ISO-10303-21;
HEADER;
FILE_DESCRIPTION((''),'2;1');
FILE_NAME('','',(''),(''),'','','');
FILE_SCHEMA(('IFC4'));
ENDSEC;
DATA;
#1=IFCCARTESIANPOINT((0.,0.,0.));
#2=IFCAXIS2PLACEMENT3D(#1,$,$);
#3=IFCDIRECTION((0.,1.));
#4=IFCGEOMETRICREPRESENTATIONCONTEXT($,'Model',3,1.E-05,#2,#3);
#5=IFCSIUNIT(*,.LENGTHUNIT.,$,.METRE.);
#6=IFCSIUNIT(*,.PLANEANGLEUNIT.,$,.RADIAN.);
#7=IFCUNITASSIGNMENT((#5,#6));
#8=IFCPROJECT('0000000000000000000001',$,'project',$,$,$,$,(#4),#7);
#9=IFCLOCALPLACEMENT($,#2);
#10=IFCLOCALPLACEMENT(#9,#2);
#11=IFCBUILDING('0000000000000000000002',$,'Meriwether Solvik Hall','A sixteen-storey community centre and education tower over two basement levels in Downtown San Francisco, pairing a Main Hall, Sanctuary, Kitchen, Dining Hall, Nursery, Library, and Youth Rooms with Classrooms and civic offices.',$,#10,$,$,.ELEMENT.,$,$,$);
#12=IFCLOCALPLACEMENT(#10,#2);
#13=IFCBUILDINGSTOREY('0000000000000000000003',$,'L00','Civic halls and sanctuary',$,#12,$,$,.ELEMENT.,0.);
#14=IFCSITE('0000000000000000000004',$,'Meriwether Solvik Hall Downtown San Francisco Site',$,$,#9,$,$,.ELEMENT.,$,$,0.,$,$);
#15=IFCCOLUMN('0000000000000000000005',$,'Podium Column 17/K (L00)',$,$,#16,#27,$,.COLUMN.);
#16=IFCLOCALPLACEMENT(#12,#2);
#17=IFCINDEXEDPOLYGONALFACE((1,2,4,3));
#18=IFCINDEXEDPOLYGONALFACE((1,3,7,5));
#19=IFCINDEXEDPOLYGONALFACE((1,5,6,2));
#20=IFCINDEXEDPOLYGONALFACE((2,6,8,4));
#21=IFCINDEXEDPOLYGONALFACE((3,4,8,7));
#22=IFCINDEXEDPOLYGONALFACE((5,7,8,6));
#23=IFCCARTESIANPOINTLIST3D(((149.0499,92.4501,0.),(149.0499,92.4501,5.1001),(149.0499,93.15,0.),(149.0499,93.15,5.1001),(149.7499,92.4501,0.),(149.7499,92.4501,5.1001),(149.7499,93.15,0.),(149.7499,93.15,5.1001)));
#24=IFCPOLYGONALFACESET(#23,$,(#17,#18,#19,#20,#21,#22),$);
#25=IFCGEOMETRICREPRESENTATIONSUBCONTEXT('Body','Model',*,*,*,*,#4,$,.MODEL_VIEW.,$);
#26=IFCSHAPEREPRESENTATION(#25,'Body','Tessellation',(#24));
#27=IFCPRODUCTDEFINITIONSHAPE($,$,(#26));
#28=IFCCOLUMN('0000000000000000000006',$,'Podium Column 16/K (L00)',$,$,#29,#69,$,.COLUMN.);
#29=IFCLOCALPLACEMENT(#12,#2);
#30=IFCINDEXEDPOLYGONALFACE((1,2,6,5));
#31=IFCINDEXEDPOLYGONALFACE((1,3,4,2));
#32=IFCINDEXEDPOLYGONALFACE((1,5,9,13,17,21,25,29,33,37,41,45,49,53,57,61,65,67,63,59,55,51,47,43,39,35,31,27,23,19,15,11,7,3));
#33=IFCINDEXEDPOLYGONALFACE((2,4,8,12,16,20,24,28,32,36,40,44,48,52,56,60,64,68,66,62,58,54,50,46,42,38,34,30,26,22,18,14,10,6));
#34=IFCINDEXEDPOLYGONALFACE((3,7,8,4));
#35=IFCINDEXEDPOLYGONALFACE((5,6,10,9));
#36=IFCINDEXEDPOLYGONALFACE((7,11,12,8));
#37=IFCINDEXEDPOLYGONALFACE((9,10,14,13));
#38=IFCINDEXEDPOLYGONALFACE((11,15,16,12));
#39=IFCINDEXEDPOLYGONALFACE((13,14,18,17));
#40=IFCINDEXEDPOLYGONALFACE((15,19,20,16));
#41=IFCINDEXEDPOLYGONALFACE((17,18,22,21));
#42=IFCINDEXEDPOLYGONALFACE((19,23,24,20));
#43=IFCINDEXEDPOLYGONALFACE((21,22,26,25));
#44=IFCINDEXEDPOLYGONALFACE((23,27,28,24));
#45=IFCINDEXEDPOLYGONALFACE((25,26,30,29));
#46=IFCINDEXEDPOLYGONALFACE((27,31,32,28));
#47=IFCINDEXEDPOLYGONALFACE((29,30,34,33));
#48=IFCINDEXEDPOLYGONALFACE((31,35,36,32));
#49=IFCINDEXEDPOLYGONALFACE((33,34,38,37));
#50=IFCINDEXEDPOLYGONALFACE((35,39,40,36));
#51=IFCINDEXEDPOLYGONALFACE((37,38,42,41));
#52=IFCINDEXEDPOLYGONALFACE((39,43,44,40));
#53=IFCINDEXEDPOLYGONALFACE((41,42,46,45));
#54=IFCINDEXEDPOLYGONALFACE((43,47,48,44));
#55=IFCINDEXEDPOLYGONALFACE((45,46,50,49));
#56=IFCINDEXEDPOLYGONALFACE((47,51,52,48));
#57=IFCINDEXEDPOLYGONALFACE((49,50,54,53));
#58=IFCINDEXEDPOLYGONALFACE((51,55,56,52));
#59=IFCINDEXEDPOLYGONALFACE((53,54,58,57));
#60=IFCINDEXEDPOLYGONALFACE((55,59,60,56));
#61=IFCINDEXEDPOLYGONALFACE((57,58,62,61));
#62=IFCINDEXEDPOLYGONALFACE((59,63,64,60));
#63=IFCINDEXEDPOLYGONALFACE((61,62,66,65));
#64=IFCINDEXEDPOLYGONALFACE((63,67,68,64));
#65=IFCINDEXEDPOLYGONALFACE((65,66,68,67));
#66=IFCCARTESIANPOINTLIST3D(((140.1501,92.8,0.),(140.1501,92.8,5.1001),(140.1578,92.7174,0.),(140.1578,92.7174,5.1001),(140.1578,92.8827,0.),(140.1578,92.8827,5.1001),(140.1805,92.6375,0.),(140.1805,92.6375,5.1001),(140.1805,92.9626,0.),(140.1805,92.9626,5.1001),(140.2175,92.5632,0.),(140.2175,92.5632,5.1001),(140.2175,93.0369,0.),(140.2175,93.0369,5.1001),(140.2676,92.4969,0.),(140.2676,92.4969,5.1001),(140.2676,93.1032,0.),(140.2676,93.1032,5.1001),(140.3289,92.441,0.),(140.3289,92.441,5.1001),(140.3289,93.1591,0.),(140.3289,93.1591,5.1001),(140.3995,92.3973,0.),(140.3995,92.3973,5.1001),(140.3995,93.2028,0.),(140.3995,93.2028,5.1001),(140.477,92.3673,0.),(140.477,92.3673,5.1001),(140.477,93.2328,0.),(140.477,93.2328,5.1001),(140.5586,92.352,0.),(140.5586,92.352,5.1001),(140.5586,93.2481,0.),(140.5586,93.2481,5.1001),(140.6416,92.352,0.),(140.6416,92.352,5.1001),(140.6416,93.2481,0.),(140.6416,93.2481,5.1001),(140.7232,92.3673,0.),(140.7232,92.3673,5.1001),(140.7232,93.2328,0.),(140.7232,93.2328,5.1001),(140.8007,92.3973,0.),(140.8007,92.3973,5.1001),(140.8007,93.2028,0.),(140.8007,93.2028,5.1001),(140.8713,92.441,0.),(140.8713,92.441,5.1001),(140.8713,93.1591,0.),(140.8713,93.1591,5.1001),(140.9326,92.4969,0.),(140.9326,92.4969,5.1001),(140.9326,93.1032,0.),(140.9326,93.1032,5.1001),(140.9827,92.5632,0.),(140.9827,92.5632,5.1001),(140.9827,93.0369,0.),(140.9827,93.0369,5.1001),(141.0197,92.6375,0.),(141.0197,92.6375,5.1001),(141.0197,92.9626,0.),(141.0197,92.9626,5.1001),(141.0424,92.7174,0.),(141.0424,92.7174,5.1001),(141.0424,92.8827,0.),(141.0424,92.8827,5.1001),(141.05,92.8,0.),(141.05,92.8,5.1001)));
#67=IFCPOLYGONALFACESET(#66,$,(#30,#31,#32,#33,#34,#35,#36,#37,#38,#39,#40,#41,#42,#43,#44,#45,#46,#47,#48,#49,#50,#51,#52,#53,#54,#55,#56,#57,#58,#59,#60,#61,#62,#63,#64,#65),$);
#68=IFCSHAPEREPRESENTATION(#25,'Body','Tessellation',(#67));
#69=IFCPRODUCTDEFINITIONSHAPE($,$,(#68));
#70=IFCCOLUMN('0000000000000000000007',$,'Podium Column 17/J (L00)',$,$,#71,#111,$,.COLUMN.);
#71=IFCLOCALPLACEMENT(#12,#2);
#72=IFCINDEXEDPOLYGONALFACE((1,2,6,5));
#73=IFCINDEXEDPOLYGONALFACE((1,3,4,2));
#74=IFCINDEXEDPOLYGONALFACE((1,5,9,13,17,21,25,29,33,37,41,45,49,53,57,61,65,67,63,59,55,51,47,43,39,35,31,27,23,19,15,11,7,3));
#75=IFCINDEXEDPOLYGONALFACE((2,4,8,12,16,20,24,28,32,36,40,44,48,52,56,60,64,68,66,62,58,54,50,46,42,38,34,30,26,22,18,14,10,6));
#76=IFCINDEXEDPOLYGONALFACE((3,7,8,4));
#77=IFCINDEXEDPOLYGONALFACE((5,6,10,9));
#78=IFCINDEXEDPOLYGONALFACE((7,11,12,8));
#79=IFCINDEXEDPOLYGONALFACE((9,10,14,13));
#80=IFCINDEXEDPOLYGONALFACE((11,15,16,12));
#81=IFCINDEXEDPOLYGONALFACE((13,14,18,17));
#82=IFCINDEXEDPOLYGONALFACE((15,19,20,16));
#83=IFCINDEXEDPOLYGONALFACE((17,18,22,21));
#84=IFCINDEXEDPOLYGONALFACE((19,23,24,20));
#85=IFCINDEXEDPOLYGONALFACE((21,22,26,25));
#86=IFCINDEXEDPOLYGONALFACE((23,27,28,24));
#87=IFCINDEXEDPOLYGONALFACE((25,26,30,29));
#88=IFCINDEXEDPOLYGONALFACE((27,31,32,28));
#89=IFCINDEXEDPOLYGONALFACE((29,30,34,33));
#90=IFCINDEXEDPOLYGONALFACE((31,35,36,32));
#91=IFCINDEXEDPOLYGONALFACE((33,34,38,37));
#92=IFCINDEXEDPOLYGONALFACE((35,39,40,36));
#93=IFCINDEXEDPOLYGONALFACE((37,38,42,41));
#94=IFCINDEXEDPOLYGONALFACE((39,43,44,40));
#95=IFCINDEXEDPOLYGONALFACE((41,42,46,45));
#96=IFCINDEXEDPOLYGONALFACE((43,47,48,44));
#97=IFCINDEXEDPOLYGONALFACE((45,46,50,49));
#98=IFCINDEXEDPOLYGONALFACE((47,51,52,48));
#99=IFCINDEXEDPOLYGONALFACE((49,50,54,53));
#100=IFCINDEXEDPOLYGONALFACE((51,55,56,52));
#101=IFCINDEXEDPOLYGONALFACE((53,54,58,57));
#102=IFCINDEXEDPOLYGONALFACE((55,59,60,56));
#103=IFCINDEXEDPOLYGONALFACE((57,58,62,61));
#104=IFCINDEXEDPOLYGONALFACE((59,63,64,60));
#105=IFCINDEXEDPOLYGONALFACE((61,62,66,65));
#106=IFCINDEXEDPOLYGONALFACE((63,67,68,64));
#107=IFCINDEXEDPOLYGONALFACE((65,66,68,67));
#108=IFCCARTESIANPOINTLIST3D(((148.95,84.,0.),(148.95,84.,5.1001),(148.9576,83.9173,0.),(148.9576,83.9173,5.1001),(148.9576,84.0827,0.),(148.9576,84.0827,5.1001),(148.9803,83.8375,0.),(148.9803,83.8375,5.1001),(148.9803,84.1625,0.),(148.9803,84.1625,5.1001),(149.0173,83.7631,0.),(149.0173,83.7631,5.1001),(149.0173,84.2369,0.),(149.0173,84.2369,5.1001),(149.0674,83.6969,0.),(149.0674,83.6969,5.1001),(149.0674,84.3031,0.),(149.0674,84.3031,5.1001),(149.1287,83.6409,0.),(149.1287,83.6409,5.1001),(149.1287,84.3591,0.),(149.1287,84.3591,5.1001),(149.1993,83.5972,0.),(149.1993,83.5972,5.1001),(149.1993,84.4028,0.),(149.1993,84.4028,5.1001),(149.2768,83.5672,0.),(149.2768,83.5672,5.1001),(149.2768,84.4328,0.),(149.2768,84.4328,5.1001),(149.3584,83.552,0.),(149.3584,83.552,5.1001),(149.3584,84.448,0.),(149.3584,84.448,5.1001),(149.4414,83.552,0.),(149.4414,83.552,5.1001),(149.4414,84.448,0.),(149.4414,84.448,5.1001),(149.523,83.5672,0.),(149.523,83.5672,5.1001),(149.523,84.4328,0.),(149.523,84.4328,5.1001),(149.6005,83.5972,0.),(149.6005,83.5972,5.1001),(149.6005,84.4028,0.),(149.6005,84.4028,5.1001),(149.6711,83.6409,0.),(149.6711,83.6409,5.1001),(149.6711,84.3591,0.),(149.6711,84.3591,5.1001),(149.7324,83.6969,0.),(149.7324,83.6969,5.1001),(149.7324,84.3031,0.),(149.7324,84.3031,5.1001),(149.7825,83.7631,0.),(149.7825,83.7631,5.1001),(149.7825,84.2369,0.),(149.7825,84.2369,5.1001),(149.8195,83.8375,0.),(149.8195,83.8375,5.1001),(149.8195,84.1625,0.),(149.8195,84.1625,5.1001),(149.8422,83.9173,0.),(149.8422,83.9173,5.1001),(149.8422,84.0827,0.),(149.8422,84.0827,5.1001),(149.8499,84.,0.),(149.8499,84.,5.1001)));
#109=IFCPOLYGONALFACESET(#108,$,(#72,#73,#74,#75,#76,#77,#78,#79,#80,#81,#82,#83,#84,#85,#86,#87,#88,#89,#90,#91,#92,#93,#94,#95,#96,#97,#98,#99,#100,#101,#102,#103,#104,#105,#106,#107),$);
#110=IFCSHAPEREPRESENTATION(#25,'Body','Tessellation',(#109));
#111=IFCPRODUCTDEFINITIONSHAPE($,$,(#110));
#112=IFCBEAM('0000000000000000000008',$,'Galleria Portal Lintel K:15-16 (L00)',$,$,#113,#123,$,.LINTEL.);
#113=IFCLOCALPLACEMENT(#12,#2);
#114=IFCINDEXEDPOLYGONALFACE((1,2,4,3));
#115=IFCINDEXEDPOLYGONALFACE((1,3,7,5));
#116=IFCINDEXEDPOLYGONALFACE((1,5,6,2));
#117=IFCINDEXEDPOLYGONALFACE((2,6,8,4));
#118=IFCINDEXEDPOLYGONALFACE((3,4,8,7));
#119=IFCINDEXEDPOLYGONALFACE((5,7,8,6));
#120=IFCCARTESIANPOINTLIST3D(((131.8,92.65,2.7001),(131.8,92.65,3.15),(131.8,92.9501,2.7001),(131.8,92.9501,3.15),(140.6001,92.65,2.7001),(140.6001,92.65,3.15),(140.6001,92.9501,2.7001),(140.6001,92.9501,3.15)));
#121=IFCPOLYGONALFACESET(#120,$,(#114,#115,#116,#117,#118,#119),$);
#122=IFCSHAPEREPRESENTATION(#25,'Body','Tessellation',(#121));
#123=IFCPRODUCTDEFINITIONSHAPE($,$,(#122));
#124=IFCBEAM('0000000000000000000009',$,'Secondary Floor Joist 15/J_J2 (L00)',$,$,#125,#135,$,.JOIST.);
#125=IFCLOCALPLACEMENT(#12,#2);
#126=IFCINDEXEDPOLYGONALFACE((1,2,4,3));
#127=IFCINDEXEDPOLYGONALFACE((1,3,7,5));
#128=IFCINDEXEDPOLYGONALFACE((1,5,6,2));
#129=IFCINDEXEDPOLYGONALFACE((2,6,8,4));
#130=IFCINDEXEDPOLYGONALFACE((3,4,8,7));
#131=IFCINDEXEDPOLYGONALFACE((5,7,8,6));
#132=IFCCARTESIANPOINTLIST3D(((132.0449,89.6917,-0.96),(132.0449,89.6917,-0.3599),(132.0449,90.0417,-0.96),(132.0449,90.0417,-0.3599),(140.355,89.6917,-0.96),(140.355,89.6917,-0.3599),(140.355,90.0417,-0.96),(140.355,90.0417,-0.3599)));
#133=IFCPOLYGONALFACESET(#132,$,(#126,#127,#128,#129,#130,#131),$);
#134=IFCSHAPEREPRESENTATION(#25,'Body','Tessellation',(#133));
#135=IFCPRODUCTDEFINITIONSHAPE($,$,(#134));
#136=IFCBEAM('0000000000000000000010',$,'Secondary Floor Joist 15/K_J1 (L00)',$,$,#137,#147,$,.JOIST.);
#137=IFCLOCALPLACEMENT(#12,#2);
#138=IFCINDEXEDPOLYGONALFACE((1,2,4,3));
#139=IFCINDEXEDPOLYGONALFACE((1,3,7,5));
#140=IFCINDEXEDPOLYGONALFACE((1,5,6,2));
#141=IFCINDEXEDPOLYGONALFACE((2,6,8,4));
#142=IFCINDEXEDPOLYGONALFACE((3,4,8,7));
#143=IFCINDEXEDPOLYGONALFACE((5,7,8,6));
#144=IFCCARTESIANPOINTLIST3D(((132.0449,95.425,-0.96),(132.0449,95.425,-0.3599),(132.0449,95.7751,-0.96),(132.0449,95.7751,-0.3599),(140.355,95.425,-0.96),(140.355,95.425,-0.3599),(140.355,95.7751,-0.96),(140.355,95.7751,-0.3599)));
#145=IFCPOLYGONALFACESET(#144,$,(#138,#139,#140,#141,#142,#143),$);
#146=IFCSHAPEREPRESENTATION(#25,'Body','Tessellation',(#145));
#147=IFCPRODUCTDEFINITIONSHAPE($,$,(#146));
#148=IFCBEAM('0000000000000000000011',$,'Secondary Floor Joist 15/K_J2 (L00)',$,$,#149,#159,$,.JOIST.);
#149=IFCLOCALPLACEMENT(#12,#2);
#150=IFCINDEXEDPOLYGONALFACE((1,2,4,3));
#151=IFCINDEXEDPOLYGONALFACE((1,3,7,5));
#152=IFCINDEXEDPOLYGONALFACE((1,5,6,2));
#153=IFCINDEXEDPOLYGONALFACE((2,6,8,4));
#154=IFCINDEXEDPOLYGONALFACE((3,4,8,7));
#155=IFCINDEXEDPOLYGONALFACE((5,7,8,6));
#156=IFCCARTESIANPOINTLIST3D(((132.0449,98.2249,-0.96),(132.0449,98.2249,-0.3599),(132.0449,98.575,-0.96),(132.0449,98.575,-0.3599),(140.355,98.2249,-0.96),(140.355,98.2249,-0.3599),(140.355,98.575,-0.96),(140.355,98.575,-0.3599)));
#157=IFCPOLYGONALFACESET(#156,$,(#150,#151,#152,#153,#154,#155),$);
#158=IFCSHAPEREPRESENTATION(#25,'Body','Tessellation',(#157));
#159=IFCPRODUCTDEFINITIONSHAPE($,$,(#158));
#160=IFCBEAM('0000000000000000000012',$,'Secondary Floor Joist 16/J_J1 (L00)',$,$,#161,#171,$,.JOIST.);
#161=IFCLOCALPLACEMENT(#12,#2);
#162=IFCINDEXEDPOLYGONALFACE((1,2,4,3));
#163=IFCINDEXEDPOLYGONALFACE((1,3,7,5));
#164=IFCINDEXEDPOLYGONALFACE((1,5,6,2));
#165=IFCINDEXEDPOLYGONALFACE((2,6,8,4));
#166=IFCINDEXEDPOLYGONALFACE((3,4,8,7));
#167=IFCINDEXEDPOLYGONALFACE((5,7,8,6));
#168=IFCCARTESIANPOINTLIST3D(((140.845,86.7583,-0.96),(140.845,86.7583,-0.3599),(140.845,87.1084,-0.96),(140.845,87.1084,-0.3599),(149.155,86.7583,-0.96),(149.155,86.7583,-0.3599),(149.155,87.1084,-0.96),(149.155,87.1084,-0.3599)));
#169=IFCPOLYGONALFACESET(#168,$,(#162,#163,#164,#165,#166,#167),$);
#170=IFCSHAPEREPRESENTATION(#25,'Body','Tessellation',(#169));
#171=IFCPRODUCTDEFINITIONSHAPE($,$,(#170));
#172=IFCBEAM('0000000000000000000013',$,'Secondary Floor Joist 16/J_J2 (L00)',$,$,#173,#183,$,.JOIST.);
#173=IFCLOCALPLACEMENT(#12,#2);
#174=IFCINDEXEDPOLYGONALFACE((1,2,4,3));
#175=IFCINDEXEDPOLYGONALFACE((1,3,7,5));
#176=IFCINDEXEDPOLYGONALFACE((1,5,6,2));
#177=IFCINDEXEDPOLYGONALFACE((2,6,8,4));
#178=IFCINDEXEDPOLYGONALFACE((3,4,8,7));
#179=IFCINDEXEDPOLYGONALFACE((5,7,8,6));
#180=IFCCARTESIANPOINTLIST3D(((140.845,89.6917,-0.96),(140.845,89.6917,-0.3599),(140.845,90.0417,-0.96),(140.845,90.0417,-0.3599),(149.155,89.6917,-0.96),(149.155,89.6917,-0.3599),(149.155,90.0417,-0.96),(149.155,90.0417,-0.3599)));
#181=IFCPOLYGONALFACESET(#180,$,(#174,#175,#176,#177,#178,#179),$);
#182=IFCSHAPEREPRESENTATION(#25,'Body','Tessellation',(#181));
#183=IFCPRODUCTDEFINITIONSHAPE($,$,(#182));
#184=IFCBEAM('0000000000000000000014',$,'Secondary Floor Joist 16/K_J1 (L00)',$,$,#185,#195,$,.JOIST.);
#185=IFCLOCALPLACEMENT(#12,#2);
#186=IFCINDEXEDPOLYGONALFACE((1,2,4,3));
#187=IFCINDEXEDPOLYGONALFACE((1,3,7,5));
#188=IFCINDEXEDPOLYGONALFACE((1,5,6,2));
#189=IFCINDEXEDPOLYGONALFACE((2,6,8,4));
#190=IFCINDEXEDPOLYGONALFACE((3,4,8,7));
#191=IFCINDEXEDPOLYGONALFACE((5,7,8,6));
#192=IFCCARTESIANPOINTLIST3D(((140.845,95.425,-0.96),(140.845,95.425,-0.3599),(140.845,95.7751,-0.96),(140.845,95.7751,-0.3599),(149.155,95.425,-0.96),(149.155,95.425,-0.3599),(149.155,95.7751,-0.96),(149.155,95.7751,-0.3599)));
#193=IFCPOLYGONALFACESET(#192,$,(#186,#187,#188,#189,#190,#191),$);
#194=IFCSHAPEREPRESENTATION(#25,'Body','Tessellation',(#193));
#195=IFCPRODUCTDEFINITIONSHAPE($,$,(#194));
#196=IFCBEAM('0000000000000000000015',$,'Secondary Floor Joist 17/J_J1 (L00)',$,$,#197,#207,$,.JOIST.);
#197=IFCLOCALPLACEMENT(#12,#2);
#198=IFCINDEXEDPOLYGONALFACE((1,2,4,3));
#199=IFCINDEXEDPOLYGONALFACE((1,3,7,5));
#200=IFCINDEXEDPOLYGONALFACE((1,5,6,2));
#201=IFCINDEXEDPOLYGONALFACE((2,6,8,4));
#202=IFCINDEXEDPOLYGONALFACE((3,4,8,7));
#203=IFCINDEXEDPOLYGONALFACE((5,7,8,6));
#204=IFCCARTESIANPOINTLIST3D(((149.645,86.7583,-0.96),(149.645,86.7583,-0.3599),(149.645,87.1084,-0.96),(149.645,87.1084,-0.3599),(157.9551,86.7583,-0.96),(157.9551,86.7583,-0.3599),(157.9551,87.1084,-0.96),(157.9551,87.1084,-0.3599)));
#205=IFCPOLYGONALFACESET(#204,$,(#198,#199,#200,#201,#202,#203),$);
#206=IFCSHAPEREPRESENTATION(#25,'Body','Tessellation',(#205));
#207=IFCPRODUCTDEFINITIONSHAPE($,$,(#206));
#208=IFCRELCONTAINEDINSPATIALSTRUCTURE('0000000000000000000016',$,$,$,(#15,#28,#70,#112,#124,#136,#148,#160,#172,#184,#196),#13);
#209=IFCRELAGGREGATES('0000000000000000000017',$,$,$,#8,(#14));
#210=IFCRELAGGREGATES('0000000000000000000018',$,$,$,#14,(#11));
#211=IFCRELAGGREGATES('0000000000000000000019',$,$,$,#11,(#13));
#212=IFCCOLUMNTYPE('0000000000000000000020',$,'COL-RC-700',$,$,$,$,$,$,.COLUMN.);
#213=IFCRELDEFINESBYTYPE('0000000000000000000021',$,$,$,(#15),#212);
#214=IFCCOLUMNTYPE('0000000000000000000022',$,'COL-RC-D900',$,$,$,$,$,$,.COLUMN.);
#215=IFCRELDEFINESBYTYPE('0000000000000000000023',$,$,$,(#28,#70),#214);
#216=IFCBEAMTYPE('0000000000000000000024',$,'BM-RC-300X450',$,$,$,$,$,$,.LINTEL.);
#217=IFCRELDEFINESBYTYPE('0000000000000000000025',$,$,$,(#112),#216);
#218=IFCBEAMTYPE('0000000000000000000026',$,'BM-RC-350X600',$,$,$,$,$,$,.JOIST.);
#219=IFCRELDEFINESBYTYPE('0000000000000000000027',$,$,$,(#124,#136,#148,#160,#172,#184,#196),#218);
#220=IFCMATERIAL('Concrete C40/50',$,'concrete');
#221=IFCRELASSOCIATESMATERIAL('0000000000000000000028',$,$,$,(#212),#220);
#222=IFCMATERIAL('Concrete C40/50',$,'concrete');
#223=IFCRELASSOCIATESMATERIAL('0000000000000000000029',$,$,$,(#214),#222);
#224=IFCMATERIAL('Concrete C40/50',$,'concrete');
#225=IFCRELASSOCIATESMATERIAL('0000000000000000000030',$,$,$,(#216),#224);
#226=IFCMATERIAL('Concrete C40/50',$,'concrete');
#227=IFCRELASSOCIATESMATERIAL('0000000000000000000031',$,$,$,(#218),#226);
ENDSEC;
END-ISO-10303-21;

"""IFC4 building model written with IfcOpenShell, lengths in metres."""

from ifc_helpers import new_model, si_unit, direction, frame, origin, origin_2d, place, context, subcontext, project, spatial, rectangle, circle, extrude, material, material_profile, profile_set, type_object, element, save


model = new_model("IFC4")

# Units and contexts
model_context = context("Model", 3, precision=1e-05, world=origin(), true_north=direction((0.0, 1.0)))
body_context = subcontext(model_context, "Body", "Model", "MODEL_VIEW")
ifc_project = project(units=[si_unit("LENGTHUNIT", "METRE"), si_unit("PLANEANGLEUNIT", "RADIAN")], contexts=[model_context])

# Site, building, storey
site_placement = place(None, origin())
site = spatial("IfcSite", under=ifc_project, at=site_placement, Name="Meriwether Solvik Hall Downtown San Francisco Site", CompositionType="ELEMENT", RefElevation=0.0)
building_placement = place(site_placement, origin())
building = spatial("IfcBuilding", under=site, at=building_placement, Name="Meriwether Solvik Hall", Description="A sixteen-storey community centre and education tower over two basement levels in Downtown San Francisco, pairing a Main Hall, Sanctuary, Kitchen, Dining Hall, Nursery, Library, and Youth Rooms with Classrooms and civic offices.", CompositionType="ELEMENT")
storey_placement = place(building_placement, origin())
storey = spatial("IfcBuildingStorey", under=building, at=storey_placement, Name="L00", Description="Civic halls and sanctuary", CompositionType="ELEMENT", Elevation=0.0)

# Columns
ifc_material_1 = material(Name="Concrete C40/50", Category="concrete")
ifc_material_profile_1 = material_profile(ifc_material_1, rectangle(XDim=0.7, YDim=0.7, at=origin_2d()), Name="RCC-700X700")
ifc_profile_set_1 = profile_set([ifc_material_profile_1], Name="Concrete C40/50")
column_type_1 = type_object("IfcColumnType", Name="COL-RC-700", PredefinedType="COLUMN", material=ifc_profile_set_1)
column_placement = place(storey_placement, frame((149.3999, 92.8, 0.0), z_axis=(0.0, 0.0, 1.0), x_axis=(1.0, 0.0, 0.0)))
element("IfcColumn", 1, at=column_placement, inside=storey, type_object=column_type_1, Name="Podium Column 17/K (L00)", PredefinedType="COLUMN", context=body_context, shape_type="SweptSolid", body=[
    extrude(rectangle(XDim=0.7, YDim=0.7, at=origin_2d()), origin(), (0.0, 0.0, 1.0), 5.1001),
])
ifc_material_2 = material(Name="Concrete C40/50", Category="concrete")
ifc_material_profile_2 = material_profile(ifc_material_2, circle(Radius=0.45, at=origin_2d()), Name="RCC-D900")
ifc_profile_set_2 = profile_set([ifc_material_profile_2], Name="Concrete C40/50")
column_type_2 = type_object("IfcColumnType", Name="COL-RC-D900", PredefinedType="COLUMN", material=ifc_profile_set_2)
for number, where, z_axis, x_axis, name in (
    (2, (140.6001, 92.8, 0.0), (0.0, 0.0, 1.0), (1.0, 0.0, 0.0), "Podium Column 16/K (L00)"),
    (3, (149.3999, 84.0, 0.0), (0.0, 0.0, 1.0), (1.0, 0.0, 0.0), "Podium Column 17/J (L00)"),
):
    element("IfcColumn", number, at=place(storey_placement, frame(where, z_axis=z_axis, x_axis=x_axis)), inside=storey, type_object=column_type_2, Name=name, PredefinedType="COLUMN", context=body_context, shape_type="SweptSolid", body=[
        extrude(circle(Radius=0.45, at=origin_2d()), origin(), (0.0, 0.0, 1.0), 5.1001),
    ])

# Beams
ifc_material_3 = material(Name="Concrete C40/50", Category="concrete")
ifc_material_profile_3 = material_profile(ifc_material_3, rectangle(XDim=0.3, YDim=0.45, at=origin_2d()), Name="RCB-300X450")
ifc_profile_set_3 = profile_set([ifc_material_profile_3], Name="Concrete C40/50")
beam_type_1 = type_object("IfcBeamType", Name="BM-RC-300X450", PredefinedType="LINTEL", material=ifc_profile_set_3)
beam_1_placement = place(storey_placement, frame((131.8, 92.8, 2.925), z_axis=(1.0, 0.0, 0.0), x_axis=(0.0, 1.0, 0.0)))
element("IfcBeam", 4, at=beam_1_placement, inside=storey, type_object=beam_type_1, Name="Galleria Portal Lintel K:15-16 (L00)", PredefinedType="LINTEL", context=body_context, shape_type="SweptSolid", body=[
    extrude(rectangle(XDim=0.3, YDim=0.45, at=origin_2d()), origin(), (0.0, 0.0, 1.0), 8.8),
])
ifc_material_4 = material(Name="Concrete C40/50", Category="concrete")
ifc_material_profile_4 = material_profile(ifc_material_4, rectangle(XDim=0.3501, YDim=0.6001, at=origin_2d()), Name="RCB-350X600")
ifc_profile_set_4 = profile_set([ifc_material_profile_4], Name="Concrete C40/50")
beam_type_2 = type_object("IfcBeamType", Name="BM-RC-350X600", PredefinedType="JOIST", material=ifc_profile_set_4)
for number, where, z_axis, x_axis, name in (
    (5, (132.0449, 89.8667, -0.6599), (1.0, 0.0, 0.0), (0.0, 1.0, 0.0), "Secondary Floor Joist 15/J_J2 (L00)"),
    (6, (132.0449, 95.6001, -0.6599), (1.0, 0.0, 0.0), (0.0, 1.0, 0.0), "Secondary Floor Joist 15/K_J1 (L00)"),
    (7, (132.0449, 98.3999, -0.6599), (1.0, 0.0, 0.0), (0.0, 1.0, 0.0), "Secondary Floor Joist 15/K_J2 (L00)"),
    (8, (140.845, 86.9333, -0.6599), (1.0, 0.0, 0.0), (0.0, 1.0, 0.0), "Secondary Floor Joist 16/J_J1 (L00)"),
    (9, (140.845, 89.8667, -0.6599), (1.0, 0.0, 0.0), (0.0, 1.0, 0.0), "Secondary Floor Joist 16/J_J2 (L00)"),
    (10, (140.845, 95.6001, -0.6599), (1.0, 0.0, 0.0), (0.0, 1.0, 0.0), "Secondary Floor Joist 16/K_J1 (L00)"),
    (11, (149.645, 86.9333, -0.6599), (1.0, 0.0, 0.0), (0.0, 1.0, 0.0), "Secondary Floor Joist 17/J_J1 (L00)"),
):
    element("IfcBeam", number, at=place(storey_placement, frame(where, z_axis=z_axis, x_axis=x_axis)), inside=storey, type_object=beam_type_2, Name=name, PredefinedType="JOIST", context=body_context, shape_type="SweptSolid", body=[
        extrude(rectangle(XDim=0.3501, YDim=0.6001, at=origin_2d()), origin(), (0.0, 0.0, 1.0), 8.3101),
    ])

save(model, "model.ifc")
